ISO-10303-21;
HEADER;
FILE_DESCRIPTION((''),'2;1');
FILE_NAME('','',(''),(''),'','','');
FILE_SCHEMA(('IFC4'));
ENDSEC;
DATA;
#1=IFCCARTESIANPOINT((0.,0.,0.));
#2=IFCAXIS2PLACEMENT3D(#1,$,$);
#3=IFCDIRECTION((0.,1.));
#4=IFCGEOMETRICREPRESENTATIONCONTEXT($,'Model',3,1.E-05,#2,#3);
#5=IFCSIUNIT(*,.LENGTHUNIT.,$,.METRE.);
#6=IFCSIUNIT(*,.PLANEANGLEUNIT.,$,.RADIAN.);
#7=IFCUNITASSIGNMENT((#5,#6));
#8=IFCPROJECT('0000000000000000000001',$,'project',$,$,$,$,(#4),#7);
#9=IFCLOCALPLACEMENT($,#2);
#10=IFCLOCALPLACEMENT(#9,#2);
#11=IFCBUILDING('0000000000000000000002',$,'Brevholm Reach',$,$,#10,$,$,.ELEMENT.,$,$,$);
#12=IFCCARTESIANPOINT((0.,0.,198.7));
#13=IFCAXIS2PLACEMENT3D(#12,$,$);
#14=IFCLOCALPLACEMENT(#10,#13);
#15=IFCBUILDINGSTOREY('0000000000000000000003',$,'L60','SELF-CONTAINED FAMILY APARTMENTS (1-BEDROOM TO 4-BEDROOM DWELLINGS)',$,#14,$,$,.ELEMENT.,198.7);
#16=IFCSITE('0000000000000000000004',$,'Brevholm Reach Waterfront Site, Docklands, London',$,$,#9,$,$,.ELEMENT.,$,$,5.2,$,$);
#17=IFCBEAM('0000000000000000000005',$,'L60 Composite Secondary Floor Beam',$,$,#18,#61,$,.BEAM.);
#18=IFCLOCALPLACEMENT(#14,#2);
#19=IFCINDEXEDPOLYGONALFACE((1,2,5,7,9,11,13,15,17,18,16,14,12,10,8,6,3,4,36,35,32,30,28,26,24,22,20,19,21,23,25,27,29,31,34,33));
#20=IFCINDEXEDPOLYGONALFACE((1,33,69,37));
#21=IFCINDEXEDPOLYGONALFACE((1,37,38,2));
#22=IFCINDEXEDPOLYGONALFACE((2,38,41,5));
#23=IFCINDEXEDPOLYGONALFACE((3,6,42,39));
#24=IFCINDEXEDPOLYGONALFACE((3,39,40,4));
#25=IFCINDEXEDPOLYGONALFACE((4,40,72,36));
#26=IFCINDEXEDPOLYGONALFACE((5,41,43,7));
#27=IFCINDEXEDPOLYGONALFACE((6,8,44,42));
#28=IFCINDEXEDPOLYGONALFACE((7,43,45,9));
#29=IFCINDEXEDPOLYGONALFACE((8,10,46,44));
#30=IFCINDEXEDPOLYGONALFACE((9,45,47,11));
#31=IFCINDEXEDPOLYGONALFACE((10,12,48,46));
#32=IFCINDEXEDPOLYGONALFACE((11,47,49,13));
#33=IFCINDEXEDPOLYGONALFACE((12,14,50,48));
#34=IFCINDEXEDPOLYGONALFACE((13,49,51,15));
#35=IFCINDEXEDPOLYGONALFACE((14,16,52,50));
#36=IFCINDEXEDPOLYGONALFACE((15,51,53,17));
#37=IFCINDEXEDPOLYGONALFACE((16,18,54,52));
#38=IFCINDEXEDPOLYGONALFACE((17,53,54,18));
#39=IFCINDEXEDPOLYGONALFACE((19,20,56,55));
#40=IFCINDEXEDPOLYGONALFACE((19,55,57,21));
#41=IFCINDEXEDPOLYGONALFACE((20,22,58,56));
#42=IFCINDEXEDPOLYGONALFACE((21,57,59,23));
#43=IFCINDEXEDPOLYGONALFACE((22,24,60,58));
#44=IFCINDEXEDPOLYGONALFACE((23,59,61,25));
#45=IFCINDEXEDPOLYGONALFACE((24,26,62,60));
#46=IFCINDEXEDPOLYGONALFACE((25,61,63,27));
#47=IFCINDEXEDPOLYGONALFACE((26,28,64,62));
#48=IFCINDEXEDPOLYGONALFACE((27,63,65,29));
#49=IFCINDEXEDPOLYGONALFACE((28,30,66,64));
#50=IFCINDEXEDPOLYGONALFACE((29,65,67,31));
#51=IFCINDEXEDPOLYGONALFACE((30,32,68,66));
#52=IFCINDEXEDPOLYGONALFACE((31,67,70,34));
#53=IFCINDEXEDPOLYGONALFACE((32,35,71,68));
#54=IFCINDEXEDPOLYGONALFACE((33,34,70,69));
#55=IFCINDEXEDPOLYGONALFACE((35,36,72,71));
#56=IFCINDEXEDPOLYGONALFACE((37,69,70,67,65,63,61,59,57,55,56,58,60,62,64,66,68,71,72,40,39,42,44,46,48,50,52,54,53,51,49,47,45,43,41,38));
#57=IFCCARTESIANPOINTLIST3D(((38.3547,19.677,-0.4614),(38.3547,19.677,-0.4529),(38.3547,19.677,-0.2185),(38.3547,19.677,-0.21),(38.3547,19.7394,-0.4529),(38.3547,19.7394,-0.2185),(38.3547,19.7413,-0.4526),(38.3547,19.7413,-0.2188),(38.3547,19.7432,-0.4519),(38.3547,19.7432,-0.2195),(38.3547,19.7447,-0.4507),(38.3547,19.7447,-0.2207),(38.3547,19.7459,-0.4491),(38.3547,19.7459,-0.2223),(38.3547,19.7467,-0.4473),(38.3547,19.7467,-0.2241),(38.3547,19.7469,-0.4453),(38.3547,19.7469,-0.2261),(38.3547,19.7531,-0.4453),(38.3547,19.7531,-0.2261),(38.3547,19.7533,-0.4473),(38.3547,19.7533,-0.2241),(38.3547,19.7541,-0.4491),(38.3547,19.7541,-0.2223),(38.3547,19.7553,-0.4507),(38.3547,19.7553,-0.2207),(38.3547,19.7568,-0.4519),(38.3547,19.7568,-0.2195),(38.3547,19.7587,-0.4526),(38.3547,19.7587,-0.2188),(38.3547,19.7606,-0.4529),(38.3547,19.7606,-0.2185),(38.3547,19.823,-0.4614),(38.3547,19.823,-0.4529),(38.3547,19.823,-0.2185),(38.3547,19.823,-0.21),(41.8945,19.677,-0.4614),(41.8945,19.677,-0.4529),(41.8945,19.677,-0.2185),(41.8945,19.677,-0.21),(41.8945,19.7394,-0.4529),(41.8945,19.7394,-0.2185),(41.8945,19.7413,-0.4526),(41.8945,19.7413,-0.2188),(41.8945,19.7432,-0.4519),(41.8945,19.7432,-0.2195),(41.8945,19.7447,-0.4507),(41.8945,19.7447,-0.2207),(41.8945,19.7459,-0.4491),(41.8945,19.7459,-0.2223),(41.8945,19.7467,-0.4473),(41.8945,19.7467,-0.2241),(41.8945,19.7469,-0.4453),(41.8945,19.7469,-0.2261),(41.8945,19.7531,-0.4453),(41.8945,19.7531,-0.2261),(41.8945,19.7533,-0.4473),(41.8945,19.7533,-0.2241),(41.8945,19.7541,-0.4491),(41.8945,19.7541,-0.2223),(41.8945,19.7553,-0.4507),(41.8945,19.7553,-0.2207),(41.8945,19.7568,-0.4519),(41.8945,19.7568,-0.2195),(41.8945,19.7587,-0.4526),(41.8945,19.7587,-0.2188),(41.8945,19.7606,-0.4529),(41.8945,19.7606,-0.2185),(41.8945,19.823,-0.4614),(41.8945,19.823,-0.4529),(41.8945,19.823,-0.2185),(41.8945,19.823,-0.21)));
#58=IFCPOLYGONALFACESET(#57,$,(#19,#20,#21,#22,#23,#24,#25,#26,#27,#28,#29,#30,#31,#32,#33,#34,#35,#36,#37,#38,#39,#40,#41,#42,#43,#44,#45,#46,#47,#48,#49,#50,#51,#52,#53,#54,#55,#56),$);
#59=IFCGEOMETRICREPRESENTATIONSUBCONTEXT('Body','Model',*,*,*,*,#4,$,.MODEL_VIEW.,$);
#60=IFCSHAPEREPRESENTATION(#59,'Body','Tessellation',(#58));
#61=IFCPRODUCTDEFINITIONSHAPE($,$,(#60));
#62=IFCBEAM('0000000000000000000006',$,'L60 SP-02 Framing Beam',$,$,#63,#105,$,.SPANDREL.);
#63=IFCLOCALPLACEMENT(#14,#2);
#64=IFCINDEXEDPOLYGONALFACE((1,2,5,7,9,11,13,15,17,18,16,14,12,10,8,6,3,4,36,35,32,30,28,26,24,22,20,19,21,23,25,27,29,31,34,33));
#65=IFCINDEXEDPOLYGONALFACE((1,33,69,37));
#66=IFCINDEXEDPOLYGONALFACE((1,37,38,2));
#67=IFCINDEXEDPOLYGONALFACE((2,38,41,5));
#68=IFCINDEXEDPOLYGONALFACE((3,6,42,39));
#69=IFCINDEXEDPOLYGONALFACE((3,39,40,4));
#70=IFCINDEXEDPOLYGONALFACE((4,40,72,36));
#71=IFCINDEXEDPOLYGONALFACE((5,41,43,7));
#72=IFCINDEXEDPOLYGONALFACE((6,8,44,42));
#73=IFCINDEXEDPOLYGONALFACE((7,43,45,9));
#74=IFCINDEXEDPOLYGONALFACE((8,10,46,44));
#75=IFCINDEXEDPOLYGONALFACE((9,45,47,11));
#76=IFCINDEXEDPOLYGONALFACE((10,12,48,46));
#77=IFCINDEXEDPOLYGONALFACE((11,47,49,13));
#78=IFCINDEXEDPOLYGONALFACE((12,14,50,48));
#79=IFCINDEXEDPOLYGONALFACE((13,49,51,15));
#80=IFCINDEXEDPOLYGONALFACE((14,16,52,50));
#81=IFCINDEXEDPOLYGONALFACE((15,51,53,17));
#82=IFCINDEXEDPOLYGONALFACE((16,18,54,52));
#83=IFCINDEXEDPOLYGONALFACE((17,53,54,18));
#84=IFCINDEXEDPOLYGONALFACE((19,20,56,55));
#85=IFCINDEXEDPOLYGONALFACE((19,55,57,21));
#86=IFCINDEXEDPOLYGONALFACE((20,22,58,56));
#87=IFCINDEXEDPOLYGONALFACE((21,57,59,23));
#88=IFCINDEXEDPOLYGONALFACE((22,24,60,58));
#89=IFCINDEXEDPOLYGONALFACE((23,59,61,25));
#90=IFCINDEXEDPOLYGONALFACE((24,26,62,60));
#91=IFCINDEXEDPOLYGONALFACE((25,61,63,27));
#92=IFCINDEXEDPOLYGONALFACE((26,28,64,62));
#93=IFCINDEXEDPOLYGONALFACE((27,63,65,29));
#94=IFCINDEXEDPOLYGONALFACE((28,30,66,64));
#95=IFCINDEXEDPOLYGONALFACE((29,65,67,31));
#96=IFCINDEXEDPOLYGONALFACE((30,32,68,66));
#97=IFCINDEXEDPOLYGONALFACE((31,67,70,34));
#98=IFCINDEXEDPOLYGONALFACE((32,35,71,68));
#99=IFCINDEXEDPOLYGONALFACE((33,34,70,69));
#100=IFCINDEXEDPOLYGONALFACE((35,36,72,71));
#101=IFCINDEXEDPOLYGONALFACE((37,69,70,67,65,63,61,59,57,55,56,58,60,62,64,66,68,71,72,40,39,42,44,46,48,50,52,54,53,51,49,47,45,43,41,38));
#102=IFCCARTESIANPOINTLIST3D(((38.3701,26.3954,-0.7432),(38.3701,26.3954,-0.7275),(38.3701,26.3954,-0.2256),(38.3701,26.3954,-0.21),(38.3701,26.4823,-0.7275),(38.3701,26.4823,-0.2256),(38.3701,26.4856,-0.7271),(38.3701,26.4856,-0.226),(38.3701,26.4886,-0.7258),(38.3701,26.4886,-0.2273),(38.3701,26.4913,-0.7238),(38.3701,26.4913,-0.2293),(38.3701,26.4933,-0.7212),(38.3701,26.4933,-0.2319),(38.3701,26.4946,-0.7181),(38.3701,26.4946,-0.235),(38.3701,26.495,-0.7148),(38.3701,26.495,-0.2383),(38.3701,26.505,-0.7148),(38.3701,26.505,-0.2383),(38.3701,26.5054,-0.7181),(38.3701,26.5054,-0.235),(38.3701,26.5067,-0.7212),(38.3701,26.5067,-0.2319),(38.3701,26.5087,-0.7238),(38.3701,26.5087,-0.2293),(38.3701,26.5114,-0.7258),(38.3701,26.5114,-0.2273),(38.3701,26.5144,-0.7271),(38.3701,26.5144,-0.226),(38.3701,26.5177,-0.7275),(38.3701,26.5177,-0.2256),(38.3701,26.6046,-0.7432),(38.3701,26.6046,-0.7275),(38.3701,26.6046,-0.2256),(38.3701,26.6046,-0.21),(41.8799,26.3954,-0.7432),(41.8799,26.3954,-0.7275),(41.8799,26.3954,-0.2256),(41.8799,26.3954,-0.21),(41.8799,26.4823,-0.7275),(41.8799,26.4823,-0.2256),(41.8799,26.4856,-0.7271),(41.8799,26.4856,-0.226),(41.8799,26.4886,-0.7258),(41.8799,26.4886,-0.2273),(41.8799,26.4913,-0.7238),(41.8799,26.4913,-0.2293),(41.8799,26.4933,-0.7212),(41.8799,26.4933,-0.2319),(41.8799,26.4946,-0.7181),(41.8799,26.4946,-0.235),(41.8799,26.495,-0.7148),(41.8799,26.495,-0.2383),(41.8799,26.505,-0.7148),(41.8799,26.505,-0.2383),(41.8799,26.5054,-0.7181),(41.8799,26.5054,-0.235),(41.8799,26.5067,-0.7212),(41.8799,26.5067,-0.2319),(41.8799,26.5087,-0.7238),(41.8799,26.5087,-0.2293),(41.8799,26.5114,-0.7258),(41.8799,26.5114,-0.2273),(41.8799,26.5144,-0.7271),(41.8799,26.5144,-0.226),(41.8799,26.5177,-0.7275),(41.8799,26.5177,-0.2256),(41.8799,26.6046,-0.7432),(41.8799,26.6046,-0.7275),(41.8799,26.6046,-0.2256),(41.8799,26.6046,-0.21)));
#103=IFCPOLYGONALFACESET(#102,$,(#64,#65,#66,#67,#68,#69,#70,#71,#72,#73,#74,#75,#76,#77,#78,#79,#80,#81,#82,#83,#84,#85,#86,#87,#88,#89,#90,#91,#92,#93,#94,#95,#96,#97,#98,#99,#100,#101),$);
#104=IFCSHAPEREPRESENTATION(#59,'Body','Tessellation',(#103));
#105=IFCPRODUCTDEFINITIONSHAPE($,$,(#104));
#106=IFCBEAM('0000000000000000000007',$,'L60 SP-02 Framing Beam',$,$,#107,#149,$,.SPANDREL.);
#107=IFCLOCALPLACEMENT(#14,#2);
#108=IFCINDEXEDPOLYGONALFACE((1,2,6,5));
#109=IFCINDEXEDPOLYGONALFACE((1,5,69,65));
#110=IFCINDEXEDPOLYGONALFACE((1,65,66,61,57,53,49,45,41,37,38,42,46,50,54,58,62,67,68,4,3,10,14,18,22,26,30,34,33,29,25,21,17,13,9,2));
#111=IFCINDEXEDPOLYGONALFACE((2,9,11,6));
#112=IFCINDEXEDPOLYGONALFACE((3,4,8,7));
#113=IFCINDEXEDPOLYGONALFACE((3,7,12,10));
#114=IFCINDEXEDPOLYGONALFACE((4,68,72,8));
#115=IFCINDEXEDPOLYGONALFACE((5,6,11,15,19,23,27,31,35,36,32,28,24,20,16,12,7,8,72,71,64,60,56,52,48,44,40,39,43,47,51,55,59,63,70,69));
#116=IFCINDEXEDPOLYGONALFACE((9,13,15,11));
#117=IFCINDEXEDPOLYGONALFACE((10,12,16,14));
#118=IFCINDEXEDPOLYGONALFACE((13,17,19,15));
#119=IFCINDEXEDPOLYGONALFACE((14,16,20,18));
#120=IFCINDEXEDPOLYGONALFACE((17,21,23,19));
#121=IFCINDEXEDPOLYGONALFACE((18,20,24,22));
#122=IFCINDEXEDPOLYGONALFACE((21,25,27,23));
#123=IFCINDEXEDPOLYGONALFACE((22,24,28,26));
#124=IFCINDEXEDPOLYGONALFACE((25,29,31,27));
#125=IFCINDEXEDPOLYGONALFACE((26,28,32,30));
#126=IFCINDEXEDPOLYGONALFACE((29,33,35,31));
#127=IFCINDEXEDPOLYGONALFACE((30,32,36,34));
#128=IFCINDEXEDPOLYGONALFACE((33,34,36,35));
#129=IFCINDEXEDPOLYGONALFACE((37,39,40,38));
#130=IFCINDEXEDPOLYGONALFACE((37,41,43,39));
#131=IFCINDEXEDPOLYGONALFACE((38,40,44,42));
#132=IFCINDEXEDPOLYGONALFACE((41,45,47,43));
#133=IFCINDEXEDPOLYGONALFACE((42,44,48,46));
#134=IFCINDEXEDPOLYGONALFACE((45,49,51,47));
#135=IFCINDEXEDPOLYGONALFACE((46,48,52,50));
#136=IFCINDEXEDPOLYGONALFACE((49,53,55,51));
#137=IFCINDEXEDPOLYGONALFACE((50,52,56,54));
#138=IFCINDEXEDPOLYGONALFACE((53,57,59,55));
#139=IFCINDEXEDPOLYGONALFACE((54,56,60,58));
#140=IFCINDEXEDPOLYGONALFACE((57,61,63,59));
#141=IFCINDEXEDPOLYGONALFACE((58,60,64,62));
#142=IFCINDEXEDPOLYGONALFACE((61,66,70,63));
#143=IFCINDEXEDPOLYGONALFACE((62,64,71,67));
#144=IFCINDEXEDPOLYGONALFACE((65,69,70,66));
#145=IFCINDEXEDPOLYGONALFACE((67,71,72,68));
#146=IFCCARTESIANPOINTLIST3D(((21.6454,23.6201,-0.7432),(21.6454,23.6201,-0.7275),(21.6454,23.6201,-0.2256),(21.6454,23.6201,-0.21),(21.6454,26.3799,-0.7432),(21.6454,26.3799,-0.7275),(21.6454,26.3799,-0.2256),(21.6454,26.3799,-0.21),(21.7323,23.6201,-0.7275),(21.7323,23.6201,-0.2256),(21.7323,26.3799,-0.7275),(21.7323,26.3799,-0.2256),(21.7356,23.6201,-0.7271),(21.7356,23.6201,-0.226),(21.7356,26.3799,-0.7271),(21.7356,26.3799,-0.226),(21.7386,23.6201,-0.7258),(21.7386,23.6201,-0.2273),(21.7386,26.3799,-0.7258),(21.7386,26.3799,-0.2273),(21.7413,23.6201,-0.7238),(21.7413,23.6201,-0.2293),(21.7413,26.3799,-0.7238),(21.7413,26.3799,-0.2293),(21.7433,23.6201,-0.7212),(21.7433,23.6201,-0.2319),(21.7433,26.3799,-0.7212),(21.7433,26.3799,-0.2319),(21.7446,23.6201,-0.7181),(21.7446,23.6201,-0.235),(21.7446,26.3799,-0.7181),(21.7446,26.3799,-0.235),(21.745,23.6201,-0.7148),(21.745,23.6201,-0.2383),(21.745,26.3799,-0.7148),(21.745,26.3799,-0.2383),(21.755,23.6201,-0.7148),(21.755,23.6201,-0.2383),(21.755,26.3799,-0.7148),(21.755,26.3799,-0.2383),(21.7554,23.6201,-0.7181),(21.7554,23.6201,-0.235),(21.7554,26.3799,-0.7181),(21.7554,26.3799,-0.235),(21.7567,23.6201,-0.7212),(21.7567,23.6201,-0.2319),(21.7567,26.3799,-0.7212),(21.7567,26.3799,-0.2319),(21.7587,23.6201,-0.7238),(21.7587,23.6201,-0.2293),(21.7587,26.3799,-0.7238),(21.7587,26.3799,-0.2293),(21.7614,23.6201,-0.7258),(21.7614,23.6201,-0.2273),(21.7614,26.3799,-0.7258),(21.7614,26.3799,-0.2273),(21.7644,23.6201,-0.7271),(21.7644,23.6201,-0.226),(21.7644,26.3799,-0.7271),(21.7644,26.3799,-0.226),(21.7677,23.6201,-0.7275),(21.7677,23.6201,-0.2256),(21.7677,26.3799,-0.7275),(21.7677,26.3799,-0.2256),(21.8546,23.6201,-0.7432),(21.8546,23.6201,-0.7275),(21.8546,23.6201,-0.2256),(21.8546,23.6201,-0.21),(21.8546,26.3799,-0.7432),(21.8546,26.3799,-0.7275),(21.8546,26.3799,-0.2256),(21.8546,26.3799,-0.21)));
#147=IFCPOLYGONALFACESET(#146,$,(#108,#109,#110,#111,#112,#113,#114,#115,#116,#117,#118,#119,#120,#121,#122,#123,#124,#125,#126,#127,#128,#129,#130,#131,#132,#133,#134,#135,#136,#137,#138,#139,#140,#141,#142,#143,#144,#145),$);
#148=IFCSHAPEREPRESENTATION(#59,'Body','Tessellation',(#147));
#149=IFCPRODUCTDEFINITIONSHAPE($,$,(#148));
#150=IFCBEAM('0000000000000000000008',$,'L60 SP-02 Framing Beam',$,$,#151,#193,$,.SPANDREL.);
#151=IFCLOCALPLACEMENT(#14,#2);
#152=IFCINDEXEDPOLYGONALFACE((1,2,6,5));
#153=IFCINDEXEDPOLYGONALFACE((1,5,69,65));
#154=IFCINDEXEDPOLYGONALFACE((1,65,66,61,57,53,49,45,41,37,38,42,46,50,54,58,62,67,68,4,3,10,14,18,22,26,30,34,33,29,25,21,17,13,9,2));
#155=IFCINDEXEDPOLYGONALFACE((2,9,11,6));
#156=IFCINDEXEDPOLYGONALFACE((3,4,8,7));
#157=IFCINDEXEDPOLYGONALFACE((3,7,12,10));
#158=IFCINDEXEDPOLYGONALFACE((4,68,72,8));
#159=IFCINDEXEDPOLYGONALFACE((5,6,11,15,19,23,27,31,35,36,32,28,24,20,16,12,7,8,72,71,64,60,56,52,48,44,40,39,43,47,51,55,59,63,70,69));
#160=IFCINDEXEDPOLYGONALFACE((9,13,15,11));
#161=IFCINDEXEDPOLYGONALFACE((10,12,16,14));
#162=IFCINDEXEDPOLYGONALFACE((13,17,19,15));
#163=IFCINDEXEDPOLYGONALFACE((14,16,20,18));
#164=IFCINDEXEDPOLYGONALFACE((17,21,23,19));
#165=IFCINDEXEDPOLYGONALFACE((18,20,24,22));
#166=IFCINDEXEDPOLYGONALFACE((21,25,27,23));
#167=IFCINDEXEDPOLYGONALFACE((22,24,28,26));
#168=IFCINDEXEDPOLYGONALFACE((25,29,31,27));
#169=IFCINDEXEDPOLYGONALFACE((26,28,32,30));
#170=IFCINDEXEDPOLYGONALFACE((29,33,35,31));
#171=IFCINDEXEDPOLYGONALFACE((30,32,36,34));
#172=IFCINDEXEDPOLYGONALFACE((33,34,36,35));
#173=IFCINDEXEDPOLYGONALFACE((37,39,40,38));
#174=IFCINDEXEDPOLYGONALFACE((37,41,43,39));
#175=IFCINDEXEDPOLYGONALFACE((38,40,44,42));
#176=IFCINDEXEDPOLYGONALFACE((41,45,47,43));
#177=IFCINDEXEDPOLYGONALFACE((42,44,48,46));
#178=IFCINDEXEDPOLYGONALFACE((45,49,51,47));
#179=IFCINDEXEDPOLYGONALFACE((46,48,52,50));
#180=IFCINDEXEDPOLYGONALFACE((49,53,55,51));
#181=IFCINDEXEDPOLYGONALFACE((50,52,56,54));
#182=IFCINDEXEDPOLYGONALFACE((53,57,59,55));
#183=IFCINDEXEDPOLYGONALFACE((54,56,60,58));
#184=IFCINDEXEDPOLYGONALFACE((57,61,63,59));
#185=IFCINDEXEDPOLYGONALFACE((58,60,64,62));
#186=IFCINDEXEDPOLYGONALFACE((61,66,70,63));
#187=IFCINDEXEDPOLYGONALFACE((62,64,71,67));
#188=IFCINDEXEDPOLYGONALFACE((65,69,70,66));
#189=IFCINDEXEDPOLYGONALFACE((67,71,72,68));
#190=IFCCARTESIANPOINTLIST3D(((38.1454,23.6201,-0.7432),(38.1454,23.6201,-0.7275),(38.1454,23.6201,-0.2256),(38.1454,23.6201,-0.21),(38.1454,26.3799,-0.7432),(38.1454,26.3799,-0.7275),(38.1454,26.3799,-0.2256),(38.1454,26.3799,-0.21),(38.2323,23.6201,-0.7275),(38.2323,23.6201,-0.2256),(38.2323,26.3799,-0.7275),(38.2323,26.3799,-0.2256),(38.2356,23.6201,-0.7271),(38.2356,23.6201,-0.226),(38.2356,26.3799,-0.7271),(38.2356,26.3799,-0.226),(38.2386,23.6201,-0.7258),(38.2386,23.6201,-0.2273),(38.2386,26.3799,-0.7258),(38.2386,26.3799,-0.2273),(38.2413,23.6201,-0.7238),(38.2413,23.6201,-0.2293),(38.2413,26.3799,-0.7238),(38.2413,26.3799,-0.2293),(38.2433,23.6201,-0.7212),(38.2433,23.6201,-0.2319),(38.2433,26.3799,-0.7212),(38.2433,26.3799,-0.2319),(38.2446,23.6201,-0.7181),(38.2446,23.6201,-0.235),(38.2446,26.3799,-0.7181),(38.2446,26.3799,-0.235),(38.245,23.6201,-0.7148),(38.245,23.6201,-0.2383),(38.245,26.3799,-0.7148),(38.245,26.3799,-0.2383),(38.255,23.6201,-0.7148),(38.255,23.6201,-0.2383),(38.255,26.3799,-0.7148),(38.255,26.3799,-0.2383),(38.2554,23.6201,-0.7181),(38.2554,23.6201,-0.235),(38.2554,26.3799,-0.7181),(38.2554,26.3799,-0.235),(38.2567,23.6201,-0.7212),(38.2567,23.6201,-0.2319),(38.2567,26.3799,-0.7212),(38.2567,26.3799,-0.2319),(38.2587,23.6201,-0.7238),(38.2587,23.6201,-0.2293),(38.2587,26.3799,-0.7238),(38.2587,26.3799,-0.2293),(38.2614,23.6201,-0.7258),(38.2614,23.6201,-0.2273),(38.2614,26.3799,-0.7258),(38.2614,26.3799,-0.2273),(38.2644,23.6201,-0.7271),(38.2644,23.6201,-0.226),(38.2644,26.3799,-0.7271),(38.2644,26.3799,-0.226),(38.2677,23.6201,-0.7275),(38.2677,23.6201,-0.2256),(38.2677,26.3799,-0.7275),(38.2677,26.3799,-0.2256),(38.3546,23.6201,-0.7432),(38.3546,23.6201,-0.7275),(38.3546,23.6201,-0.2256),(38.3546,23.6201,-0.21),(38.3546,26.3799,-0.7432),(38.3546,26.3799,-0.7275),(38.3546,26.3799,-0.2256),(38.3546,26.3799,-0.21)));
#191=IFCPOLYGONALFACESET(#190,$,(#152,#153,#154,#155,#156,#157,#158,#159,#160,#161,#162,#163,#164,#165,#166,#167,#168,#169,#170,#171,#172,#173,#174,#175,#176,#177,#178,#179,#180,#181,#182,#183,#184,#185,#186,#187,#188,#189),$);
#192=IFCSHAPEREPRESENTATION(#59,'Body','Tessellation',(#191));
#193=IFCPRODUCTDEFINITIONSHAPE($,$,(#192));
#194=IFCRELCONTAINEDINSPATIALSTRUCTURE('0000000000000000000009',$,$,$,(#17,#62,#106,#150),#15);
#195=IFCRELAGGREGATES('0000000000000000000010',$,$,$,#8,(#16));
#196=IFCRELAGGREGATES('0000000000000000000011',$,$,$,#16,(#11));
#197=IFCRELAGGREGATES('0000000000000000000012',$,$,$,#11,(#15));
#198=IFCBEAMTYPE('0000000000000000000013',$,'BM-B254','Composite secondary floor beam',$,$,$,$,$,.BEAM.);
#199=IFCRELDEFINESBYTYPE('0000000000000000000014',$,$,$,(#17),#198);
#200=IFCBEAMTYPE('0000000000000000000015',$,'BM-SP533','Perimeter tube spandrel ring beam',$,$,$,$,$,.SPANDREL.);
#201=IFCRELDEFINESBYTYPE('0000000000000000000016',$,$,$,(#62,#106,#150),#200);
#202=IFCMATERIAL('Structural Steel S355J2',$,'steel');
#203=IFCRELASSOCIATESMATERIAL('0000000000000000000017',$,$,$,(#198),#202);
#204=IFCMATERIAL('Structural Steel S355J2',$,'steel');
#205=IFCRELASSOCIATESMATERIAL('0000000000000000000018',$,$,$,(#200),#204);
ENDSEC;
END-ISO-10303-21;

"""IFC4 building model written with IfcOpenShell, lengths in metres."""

from ifc_helpers import new_model, si_unit, direction, frame, origin, origin_2d, place, context, subcontext, project, spatial, i_section, extrude, material, material_profile, profile_set, type_object, element, save


model = new_model("IFC4")

# Units and contexts
model_context = context("Model", 3, precision=1e-05, world=origin(), true_north=direction((0.0, 1.0)))
body_context = subcontext(model_context, "Body", "Model", "MODEL_VIEW")
ifc_project = project(units=[si_unit("LENGTHUNIT", "METRE"), si_unit("PLANEANGLEUNIT", "RADIAN")], contexts=[model_context])

# Site, building, storey
site_placement = place(None, origin())
site = spatial("IfcSite", under=ifc_project, at=site_placement, Name="Brevholm Reach Waterfront Site, Docklands, London", CompositionType="ELEMENT", RefElevation=5.2)
building_placement = place(site_placement, origin())
building = spatial("IfcBuilding", under=site, at=building_placement, Name="Brevholm Reach", CompositionType="ELEMENT")
storey_placement = place(building_placement, frame((0.0, 0.0, 198.7)))
storey = spatial("IfcBuildingStorey", under=building, at=storey_placement, Name="L60", Description="SELF-CONTAINED FAMILY APARTMENTS (1-BEDROOM TO 4-BEDROOM DWELLINGS)", CompositionType="ELEMENT", Elevation=198.7)

# Beams
ifc_material_1 = material(Name="Structural Steel S355J2", Category="steel")
ifc_material_profile_1 = material_profile(ifc_material_1, i_section(OverallWidth=0.146, OverallDepth=0.2515, WebThickness=0.0061, FlangeThickness=0.0085, FilletRadius=0.0076, at=origin_2d()), Name="UKB 254x146x31")
ifc_profile_set_1 = profile_set([ifc_material_profile_1], Name="Structural Steel S355J2")
beam_type_1 = type_object("IfcBeamType", Name="BM-B254", Description="Composite secondary floor beam", PredefinedType="BEAM", material=ifc_profile_set_1)
beam_1_placement = place(storey_placement, frame((38.3547, 19.75, -0.3357), z_axis=(1.0, 0.0, 0.0), x_axis=(0.0, 1.0, 0.0)))
element("IfcBeam", 1, at=beam_1_placement, inside=storey, type_object=beam_type_1, Name="L60 Composite Secondary Floor Beam", PredefinedType="BEAM", context=body_context, shape_type="SweptSolid", body=[
    extrude(i_section(OverallWidth=0.146, OverallDepth=0.2515, WebThickness=0.0061, FlangeThickness=0.0085, FilletRadius=0.0076, at=origin_2d()), origin(), (0.0, 0.0, 1.0), 3.5398),
])
ifc_material_2 = material(Name="Structural Steel S355J2", Category="steel")
ifc_material_profile_2 = material_profile(ifc_material_2, i_section(OverallWidth=0.2092, OverallDepth=0.5332, WebThickness=0.01, FlangeThickness=0.0156, FilletRadius=0.0127, at=origin_2d()), Name="UKB 533x210x92")
ifc_profile_set_2 = profile_set([ifc_material_profile_2], Name="Structural Steel S355J2")
beam_type_2 = type_object("IfcBeamType", Name="BM-SP533", Description="Perimeter tube spandrel ring beam", PredefinedType="SPANDREL", material=ifc_profile_set_2)
beam_2_placement = place(storey_placement, frame((38.3701, 26.5, -0.4766), z_axis=(1.0, 0.0, 0.0), x_axis=(0.0, 1.0, 0.0)))
element("IfcBeam", 2, at=beam_2_placement, inside=storey, type_object=beam_type_2, Name="L60 SP-02 Framing Beam", PredefinedType="SPANDREL", context=body_context, shape_type="SweptSolid", body=[
    extrude(i_section(OverallWidth=0.2092, OverallDepth=0.5332, WebThickness=0.01, FlangeThickness=0.0156, FilletRadius=0.0127, at=origin_2d()), origin(), (0.0, 0.0, 1.0), 3.5098),
])
for number, where, z_axis, x_axis, name in (
    (3, (21.75, 23.6201, -0.4766), (0.0, 1.0, 0.0), (-1.0, 0.0, 0.0), "L60 SP-02 Framing Beam"),
    (4, (38.25, 23.6201, -0.4766), (0.0, 1.0, 0.0), (-1.0, 0.0, 0.0), "L60 SP-02 Framing Beam"),
):
    element("IfcBeam", number, at=place(storey_placement, frame(where, z_axis=z_axis, x_axis=x_axis)), inside=storey, type_object=beam_type_2, Name=name, PredefinedType="SPANDREL", context=body_context, shape_type="SweptSolid", body=[
        extrude(i_section(OverallWidth=0.2092, OverallDepth=0.5332, WebThickness=0.01, FlangeThickness=0.0156, FilletRadius=0.0127, at=origin_2d()), origin(), (0.0, 0.0, 1.0), 2.7598),
    ])

save(model, "model.ifc")
